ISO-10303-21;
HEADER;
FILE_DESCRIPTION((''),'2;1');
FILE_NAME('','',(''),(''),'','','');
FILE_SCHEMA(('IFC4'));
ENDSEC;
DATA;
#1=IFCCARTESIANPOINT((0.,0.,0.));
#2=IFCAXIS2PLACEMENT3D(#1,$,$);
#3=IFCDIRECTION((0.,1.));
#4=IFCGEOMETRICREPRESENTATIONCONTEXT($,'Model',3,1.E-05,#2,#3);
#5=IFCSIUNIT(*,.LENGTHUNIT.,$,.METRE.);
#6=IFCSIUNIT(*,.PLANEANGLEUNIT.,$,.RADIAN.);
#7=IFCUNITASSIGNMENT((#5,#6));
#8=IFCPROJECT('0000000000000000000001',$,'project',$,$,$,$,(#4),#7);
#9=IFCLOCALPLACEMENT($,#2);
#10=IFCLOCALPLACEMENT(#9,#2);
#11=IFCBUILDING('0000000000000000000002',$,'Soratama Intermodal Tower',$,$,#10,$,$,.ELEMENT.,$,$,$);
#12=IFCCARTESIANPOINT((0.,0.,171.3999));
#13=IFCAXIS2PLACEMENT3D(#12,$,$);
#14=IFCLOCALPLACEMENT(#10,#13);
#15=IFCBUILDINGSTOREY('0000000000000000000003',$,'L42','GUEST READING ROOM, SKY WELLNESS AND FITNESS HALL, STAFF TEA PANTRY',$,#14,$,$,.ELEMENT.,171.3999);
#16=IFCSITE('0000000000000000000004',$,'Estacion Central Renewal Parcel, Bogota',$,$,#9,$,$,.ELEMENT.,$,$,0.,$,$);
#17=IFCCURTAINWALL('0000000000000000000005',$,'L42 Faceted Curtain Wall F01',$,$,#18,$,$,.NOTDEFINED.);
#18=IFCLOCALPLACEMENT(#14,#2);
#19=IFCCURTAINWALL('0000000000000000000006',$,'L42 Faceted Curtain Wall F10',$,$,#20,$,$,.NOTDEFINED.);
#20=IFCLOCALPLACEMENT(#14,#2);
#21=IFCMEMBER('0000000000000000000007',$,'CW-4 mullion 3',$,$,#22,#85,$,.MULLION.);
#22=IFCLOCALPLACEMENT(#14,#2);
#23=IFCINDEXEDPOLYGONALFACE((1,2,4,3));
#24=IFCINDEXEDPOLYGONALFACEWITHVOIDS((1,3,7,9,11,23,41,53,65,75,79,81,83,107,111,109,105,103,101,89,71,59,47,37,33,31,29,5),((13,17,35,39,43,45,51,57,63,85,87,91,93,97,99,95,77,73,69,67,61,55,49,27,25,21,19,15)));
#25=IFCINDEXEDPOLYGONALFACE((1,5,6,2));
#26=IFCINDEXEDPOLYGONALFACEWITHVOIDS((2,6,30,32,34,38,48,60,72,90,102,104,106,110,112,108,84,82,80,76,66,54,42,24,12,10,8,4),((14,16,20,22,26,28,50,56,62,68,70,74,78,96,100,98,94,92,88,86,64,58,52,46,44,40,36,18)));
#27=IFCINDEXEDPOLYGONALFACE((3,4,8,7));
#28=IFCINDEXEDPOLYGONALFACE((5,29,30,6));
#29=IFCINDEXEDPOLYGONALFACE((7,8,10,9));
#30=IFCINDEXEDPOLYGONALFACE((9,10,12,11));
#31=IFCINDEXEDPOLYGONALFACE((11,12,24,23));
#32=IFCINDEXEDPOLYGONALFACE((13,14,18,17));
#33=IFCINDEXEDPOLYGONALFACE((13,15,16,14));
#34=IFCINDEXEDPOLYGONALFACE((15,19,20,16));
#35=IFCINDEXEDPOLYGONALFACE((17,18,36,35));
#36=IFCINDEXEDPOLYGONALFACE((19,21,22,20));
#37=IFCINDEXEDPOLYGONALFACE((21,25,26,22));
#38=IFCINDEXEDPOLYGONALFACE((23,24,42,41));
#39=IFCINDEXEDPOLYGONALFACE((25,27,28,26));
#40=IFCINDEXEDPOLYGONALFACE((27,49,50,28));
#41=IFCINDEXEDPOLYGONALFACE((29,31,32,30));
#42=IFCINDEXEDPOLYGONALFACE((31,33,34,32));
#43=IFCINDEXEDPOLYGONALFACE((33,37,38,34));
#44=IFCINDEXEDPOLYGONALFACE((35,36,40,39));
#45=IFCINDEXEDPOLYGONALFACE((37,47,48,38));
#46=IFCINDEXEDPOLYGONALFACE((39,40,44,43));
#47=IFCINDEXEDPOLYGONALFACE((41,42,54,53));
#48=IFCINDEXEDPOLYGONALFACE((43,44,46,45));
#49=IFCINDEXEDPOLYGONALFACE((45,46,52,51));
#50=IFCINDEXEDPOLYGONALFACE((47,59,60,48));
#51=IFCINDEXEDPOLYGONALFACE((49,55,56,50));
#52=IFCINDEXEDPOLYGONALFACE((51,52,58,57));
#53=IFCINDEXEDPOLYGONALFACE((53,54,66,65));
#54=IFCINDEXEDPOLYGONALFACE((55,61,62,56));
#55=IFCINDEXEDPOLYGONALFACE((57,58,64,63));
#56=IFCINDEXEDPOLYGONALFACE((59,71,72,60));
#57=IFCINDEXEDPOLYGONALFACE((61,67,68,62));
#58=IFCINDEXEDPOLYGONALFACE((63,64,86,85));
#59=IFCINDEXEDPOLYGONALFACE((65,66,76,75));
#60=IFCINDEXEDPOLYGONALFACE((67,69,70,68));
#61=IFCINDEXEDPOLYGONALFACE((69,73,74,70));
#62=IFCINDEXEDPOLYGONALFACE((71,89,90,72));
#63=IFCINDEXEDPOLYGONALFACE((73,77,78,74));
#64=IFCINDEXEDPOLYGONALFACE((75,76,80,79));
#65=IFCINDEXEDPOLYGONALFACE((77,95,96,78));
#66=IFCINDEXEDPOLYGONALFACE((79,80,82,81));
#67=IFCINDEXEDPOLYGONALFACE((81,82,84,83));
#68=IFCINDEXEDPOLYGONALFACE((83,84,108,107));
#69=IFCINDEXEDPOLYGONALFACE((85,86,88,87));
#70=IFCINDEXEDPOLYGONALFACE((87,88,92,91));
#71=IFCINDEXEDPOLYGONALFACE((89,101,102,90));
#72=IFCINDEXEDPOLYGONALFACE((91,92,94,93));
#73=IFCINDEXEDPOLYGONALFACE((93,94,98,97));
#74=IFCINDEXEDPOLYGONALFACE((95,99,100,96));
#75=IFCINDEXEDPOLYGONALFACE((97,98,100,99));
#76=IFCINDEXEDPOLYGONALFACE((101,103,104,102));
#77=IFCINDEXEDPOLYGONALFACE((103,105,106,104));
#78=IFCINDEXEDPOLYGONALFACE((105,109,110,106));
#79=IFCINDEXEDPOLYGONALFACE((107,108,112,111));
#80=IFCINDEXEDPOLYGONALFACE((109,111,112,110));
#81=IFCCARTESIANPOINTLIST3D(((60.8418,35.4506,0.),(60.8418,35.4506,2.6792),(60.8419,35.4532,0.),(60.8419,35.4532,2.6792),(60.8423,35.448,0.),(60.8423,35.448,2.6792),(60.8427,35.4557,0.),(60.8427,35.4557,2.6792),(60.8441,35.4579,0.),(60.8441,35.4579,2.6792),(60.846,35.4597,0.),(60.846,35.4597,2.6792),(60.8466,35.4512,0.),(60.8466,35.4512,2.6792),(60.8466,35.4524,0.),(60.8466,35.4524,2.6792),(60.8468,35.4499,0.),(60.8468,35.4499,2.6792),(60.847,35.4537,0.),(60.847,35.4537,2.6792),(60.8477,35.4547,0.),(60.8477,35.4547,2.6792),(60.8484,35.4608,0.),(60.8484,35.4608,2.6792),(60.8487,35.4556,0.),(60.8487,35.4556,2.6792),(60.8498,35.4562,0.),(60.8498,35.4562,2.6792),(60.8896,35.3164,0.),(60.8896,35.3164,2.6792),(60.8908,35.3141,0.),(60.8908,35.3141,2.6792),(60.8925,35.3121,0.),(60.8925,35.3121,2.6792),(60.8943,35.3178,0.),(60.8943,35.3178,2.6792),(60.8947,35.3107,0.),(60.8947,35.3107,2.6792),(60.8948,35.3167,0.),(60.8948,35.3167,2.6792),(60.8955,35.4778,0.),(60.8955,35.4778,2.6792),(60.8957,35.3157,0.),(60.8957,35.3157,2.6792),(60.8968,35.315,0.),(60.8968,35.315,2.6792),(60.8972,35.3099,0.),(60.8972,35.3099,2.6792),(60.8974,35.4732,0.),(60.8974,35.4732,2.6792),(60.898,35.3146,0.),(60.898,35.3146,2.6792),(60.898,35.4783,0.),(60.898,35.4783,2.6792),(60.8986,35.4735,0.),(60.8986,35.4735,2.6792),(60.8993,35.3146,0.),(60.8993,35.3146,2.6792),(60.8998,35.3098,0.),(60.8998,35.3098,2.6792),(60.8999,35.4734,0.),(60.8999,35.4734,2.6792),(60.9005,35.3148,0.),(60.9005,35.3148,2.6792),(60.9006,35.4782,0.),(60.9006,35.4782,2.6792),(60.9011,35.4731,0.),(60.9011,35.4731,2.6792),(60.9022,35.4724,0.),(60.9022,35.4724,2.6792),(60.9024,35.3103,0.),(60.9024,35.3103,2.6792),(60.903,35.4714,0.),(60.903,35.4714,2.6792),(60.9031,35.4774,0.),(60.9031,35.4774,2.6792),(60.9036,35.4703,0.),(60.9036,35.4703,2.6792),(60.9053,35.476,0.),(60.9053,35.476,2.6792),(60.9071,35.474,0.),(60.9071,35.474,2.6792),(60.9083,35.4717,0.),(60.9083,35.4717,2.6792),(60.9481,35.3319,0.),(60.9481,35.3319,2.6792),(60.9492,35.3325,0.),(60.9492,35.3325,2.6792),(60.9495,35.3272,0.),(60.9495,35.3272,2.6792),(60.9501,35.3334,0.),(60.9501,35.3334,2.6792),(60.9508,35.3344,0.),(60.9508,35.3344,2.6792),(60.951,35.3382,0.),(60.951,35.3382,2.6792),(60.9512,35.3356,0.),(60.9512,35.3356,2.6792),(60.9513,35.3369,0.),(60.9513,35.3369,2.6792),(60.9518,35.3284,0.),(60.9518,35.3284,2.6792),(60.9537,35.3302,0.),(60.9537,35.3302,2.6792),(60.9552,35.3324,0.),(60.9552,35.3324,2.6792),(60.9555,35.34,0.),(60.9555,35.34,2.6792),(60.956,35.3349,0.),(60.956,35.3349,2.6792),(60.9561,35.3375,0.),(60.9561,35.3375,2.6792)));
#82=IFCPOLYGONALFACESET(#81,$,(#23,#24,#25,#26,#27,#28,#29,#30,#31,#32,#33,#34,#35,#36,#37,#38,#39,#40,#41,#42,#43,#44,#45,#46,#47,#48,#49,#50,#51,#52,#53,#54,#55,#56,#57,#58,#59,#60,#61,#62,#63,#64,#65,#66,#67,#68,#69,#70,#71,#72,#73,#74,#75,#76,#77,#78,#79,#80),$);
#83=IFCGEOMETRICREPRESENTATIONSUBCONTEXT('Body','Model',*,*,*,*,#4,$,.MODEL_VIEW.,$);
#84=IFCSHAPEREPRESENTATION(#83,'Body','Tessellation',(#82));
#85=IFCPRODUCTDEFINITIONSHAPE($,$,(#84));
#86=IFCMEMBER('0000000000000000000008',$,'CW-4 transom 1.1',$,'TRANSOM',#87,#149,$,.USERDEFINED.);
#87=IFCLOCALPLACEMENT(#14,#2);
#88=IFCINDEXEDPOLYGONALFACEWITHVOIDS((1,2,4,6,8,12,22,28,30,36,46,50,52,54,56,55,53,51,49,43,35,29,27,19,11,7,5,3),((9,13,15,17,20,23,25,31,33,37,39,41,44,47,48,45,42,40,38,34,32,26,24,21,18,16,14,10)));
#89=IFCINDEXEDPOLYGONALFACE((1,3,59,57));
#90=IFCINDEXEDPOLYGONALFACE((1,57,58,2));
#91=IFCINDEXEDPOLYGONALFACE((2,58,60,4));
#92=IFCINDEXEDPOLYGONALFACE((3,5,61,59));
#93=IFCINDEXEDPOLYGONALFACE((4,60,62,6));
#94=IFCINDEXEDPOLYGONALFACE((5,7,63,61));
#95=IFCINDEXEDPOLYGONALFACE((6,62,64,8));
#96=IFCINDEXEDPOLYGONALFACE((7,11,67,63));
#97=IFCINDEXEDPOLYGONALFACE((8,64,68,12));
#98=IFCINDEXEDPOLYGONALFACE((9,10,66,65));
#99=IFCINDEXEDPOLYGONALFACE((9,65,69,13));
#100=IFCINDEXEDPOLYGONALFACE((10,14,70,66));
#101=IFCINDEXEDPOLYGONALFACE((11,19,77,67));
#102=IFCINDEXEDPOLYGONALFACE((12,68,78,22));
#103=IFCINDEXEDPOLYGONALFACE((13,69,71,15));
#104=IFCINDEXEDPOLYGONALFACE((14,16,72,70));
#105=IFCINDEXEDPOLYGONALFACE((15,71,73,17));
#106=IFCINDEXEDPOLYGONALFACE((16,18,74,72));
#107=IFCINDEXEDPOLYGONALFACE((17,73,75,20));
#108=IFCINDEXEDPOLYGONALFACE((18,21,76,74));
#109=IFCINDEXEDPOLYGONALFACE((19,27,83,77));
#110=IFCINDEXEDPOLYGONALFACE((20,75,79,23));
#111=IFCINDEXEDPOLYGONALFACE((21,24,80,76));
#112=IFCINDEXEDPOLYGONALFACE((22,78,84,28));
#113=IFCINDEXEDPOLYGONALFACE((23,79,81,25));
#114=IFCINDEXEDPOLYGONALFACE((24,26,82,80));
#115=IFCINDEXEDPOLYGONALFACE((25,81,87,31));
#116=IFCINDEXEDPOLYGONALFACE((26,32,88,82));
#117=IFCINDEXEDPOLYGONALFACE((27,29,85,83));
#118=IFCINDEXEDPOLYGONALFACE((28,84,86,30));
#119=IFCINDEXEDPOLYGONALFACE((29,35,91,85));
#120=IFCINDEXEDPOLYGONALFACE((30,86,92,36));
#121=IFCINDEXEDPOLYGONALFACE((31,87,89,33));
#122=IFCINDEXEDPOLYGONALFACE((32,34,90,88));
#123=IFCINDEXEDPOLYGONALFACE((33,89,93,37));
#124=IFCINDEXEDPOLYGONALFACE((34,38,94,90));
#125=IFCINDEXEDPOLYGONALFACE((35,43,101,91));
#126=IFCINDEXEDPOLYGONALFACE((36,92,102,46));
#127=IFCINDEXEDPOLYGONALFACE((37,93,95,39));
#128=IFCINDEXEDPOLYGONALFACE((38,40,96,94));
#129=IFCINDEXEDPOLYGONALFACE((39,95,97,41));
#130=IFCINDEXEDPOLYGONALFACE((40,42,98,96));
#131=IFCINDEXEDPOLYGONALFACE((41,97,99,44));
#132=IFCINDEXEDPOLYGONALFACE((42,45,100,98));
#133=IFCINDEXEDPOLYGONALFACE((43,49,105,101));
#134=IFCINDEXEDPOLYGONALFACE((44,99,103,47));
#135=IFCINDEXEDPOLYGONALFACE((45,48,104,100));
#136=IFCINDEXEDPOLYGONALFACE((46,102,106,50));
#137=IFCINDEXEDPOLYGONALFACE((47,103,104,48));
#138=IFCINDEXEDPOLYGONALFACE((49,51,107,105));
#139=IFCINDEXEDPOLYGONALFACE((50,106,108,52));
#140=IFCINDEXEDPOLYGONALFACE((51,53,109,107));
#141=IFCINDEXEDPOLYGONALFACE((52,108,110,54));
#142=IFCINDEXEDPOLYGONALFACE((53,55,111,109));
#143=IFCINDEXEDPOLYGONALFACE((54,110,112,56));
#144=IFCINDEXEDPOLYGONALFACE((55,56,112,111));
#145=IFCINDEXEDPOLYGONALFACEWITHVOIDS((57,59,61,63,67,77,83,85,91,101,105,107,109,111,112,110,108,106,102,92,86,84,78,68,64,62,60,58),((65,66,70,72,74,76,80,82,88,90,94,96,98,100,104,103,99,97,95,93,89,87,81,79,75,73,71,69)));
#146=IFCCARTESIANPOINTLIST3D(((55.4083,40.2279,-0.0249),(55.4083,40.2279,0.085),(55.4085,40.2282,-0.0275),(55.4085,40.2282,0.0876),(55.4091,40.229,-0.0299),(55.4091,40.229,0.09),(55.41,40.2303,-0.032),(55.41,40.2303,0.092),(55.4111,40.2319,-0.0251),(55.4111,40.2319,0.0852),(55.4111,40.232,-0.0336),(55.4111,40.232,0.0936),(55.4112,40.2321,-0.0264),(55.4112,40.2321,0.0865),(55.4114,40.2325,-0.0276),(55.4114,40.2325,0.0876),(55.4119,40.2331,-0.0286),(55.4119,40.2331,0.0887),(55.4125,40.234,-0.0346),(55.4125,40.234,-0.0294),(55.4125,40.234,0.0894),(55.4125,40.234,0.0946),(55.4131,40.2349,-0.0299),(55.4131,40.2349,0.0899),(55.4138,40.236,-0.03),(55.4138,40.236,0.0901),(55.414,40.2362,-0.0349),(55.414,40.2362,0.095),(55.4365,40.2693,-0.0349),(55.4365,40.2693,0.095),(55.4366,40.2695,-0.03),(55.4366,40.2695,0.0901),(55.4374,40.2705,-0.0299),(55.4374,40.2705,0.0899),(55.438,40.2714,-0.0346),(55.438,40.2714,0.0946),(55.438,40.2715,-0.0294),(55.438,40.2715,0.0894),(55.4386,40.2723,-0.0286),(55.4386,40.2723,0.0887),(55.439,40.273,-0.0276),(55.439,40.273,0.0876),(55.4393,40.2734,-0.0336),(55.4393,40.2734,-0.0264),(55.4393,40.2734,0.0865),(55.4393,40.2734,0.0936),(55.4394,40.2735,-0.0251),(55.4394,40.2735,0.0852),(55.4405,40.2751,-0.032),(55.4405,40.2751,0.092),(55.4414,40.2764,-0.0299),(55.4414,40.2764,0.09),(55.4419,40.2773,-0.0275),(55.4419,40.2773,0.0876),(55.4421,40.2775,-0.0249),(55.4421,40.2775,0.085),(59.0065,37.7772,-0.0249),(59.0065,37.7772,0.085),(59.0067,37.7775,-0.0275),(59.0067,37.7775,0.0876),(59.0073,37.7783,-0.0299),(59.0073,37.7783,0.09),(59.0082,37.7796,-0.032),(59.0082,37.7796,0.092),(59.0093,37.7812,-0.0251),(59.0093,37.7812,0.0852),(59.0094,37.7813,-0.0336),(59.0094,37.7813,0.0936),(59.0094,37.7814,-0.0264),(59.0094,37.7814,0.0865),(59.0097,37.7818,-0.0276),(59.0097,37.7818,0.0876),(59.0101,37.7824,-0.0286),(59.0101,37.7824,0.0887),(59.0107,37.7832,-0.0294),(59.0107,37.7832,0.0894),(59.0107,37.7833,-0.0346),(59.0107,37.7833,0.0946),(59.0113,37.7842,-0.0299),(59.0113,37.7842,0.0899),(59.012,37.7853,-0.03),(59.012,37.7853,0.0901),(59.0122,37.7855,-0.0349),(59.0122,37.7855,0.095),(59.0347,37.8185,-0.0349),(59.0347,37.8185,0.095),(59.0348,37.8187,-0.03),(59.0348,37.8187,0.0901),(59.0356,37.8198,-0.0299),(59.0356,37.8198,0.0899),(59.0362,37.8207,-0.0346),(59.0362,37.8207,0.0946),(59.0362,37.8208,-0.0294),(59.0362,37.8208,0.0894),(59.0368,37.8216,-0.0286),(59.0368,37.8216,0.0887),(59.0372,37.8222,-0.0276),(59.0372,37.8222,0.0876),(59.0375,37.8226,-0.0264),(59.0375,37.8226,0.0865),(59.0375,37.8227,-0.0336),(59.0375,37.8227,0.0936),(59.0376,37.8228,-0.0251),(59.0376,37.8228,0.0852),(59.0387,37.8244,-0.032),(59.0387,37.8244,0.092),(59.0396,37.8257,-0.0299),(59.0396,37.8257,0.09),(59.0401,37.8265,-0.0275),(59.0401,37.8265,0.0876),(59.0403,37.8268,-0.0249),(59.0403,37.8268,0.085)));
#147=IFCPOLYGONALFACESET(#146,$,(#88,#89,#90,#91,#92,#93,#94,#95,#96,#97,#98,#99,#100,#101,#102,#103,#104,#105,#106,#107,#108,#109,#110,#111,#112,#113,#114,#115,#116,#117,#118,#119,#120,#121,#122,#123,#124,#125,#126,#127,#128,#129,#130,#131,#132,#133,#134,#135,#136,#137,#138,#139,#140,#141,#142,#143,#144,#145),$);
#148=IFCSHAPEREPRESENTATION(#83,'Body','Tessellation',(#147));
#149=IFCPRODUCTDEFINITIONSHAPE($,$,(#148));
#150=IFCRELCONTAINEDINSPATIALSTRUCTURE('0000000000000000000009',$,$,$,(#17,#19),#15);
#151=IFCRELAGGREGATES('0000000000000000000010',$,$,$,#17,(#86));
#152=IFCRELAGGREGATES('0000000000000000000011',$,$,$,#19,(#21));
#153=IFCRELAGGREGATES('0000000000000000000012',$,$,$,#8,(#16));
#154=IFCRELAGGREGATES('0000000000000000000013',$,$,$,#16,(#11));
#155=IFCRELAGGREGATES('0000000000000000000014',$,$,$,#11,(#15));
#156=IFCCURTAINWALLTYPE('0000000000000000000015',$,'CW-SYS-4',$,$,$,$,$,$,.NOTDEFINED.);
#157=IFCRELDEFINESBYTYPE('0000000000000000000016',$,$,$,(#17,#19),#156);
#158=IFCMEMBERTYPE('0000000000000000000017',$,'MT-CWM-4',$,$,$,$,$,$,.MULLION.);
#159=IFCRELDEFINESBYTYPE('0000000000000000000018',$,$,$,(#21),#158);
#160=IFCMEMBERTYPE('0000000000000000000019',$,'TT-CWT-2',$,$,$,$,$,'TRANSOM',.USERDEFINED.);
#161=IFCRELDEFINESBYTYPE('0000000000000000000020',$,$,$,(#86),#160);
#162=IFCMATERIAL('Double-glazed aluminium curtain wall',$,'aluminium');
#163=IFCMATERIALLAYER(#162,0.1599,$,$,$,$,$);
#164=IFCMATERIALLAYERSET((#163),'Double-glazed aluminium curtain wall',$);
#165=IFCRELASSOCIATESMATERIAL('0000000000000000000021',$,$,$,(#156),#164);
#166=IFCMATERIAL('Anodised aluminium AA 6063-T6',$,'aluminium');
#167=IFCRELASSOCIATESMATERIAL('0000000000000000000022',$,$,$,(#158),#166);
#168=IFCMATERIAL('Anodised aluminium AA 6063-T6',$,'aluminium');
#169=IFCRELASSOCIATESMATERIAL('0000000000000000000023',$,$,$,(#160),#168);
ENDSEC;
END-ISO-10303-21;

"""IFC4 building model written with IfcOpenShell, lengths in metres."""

from ifc_helpers import new_model, si_unit, direction, frame, origin, origin_2d, place, context, subcontext, project, spatial, hollow_rectangle, extrude, material, layer, layer_set, material_profile, profile_set, type_object, element, aggregate, save


model = new_model("IFC4")

# Units and contexts
model_context = context("Model", 3, precision=1e-05, world=origin(), true_north=direction((0.0, 1.0)))
body_context = subcontext(model_context, "Body", "Model", "MODEL_VIEW")
ifc_project = project(units=[si_unit("LENGTHUNIT", "METRE"), si_unit("PLANEANGLEUNIT", "RADIAN")], contexts=[model_context])

# Site, building, storey
site_placement = place(None, origin())
site = spatial("IfcSite", under=ifc_project, at=site_placement, Name="Estacion Central Renewal Parcel, Bogota", CompositionType="ELEMENT", RefElevation=0.0)
building_placement = place(site_placement, origin())
building = spatial("IfcBuilding", under=site, at=building_placement, Name="Soratama Intermodal Tower", CompositionType="ELEMENT")
storey_placement = place(building_placement, frame((0.0, 0.0, 171.3999)))
storey = spatial("IfcBuildingStorey", under=building, at=storey_placement, Name="L42", Description="GUEST READING ROOM, SKY WELLNESS AND FITNESS HALL, STAFF TEA PANTRY", CompositionType="ELEMENT", Elevation=171.3999)

# Curtain wall
ifc_material_1 = material(Name="Double-glazed aluminium curtain wall", Category="aluminium")
ifc_layer_1 = layer(ifc_material_1, 0.1599)
ifc_layer_set_1 = layer_set([ifc_layer_1], Name="Double-glazed aluminium curtain wall")
curtain_wall_type = type_object("IfcCurtainWallType", Name="CW-SYS-4", PredefinedType="NOTDEFINED", material=ifc_layer_set_1)
curtain_wall_1_placement = place(storey_placement, origin())
curtain_wall_1 = element("IfcCurtainWall", 1, at=curtain_wall_1_placement, inside=storey, type_object=curtain_wall_type, Name="L42 Faceted Curtain Wall F01", PredefinedType="NOTDEFINED")
ifc_material_2 = material(Name="Anodised aluminium AA 6063-T6", Category="aluminium")
ifc_material_profile_1 = material_profile(ifc_material_2, hollow_rectangle(XDim=0.0701, YDim=0.1599, WallThickness=0.0049, InnerFilletRadius=0.0049, OuterFilletRadius=0.01, at=origin_2d()), Name="CWM160X70X5")
ifc_profile_set_1 = profile_set([ifc_material_profile_1], Name="Anodised aluminium AA 6063-T6")
member_type_1 = type_object("IfcMemberType", Name="MT-CWM-4", PredefinedType="MULLION", material=ifc_profile_set_1)

# Curtain wall, member
curtain_wall_2_placement = place(storey_placement, origin())
curtain_wall_2 = element("IfcCurtainWall", 2, at=curtain_wall_2_placement, inside=storey, type_object=curtain_wall_type, Name="L42 Faceted Curtain Wall F10", PredefinedType="NOTDEFINED")
member_1_placement = place(storey_placement, frame((60.8989, 35.394, 0.0), z_axis=(0.0, 0.0, 1.0), x_axis=(-0.941235, -0.337751, 0.0)))
member_1 = element("IfcMember", 3, at=member_1_placement, type_object=member_type_1, Name="CW-4 mullion 3", PredefinedType="MULLION", context=body_context, shape_type="SweptSolid", body=[
    extrude(hollow_rectangle(XDim=0.0701, YDim=0.1599, WallThickness=0.0049, InnerFilletRadius=0.0049, OuterFilletRadius=0.01, at=origin_2d()), origin(), (0.0, 0.0, 1.0), 2.6792),
])

# Member
ifc_material_3 = material(Name="Anodised aluminium AA 6063-T6", Category="aluminium")
ifc_material_profile_2 = material_profile(ifc_material_3, hollow_rectangle(XDim=0.0601, YDim=0.1299, WallThickness=0.0049, InnerFilletRadius=0.0049, OuterFilletRadius=0.01, at=origin_2d()), Name="CWT130X60X5")
ifc_profile_set_2 = profile_set([ifc_material_profile_2], Name="Anodised aluminium AA 6063-T6")
member_type_2 = type_object("IfcMemberType", Name="TT-CWT-2", ElementType="TRANSOM", PredefinedType="USERDEFINED", material=ifc_profile_set_2)
member_2_placement = place(storey_placement, frame((59.0234, 37.802, 0.03), z_axis=(-0.826505, 0.56293, 0.0), x_axis=(-0.56293, -0.826505, 0.0)))
member_2 = element("IfcMember", 4, at=member_2_placement, type_object=member_type_2, Name="CW-4 transom 1.1", ObjectType="TRANSOM", PredefinedType="USERDEFINED", context=body_context, shape_type="SweptSolid", body=[
    extrude(hollow_rectangle(XDim=0.0601, YDim=0.1299, WallThickness=0.0049, InnerFilletRadius=0.0049, OuterFilletRadius=0.01, at=origin_2d()), origin(), (0.0, 0.0, 1.0), 4.3535),
])
aggregate(curtain_wall_1, [member_2])

aggregate(curtain_wall_2, [member_1])

save(model, "model.ifc")
